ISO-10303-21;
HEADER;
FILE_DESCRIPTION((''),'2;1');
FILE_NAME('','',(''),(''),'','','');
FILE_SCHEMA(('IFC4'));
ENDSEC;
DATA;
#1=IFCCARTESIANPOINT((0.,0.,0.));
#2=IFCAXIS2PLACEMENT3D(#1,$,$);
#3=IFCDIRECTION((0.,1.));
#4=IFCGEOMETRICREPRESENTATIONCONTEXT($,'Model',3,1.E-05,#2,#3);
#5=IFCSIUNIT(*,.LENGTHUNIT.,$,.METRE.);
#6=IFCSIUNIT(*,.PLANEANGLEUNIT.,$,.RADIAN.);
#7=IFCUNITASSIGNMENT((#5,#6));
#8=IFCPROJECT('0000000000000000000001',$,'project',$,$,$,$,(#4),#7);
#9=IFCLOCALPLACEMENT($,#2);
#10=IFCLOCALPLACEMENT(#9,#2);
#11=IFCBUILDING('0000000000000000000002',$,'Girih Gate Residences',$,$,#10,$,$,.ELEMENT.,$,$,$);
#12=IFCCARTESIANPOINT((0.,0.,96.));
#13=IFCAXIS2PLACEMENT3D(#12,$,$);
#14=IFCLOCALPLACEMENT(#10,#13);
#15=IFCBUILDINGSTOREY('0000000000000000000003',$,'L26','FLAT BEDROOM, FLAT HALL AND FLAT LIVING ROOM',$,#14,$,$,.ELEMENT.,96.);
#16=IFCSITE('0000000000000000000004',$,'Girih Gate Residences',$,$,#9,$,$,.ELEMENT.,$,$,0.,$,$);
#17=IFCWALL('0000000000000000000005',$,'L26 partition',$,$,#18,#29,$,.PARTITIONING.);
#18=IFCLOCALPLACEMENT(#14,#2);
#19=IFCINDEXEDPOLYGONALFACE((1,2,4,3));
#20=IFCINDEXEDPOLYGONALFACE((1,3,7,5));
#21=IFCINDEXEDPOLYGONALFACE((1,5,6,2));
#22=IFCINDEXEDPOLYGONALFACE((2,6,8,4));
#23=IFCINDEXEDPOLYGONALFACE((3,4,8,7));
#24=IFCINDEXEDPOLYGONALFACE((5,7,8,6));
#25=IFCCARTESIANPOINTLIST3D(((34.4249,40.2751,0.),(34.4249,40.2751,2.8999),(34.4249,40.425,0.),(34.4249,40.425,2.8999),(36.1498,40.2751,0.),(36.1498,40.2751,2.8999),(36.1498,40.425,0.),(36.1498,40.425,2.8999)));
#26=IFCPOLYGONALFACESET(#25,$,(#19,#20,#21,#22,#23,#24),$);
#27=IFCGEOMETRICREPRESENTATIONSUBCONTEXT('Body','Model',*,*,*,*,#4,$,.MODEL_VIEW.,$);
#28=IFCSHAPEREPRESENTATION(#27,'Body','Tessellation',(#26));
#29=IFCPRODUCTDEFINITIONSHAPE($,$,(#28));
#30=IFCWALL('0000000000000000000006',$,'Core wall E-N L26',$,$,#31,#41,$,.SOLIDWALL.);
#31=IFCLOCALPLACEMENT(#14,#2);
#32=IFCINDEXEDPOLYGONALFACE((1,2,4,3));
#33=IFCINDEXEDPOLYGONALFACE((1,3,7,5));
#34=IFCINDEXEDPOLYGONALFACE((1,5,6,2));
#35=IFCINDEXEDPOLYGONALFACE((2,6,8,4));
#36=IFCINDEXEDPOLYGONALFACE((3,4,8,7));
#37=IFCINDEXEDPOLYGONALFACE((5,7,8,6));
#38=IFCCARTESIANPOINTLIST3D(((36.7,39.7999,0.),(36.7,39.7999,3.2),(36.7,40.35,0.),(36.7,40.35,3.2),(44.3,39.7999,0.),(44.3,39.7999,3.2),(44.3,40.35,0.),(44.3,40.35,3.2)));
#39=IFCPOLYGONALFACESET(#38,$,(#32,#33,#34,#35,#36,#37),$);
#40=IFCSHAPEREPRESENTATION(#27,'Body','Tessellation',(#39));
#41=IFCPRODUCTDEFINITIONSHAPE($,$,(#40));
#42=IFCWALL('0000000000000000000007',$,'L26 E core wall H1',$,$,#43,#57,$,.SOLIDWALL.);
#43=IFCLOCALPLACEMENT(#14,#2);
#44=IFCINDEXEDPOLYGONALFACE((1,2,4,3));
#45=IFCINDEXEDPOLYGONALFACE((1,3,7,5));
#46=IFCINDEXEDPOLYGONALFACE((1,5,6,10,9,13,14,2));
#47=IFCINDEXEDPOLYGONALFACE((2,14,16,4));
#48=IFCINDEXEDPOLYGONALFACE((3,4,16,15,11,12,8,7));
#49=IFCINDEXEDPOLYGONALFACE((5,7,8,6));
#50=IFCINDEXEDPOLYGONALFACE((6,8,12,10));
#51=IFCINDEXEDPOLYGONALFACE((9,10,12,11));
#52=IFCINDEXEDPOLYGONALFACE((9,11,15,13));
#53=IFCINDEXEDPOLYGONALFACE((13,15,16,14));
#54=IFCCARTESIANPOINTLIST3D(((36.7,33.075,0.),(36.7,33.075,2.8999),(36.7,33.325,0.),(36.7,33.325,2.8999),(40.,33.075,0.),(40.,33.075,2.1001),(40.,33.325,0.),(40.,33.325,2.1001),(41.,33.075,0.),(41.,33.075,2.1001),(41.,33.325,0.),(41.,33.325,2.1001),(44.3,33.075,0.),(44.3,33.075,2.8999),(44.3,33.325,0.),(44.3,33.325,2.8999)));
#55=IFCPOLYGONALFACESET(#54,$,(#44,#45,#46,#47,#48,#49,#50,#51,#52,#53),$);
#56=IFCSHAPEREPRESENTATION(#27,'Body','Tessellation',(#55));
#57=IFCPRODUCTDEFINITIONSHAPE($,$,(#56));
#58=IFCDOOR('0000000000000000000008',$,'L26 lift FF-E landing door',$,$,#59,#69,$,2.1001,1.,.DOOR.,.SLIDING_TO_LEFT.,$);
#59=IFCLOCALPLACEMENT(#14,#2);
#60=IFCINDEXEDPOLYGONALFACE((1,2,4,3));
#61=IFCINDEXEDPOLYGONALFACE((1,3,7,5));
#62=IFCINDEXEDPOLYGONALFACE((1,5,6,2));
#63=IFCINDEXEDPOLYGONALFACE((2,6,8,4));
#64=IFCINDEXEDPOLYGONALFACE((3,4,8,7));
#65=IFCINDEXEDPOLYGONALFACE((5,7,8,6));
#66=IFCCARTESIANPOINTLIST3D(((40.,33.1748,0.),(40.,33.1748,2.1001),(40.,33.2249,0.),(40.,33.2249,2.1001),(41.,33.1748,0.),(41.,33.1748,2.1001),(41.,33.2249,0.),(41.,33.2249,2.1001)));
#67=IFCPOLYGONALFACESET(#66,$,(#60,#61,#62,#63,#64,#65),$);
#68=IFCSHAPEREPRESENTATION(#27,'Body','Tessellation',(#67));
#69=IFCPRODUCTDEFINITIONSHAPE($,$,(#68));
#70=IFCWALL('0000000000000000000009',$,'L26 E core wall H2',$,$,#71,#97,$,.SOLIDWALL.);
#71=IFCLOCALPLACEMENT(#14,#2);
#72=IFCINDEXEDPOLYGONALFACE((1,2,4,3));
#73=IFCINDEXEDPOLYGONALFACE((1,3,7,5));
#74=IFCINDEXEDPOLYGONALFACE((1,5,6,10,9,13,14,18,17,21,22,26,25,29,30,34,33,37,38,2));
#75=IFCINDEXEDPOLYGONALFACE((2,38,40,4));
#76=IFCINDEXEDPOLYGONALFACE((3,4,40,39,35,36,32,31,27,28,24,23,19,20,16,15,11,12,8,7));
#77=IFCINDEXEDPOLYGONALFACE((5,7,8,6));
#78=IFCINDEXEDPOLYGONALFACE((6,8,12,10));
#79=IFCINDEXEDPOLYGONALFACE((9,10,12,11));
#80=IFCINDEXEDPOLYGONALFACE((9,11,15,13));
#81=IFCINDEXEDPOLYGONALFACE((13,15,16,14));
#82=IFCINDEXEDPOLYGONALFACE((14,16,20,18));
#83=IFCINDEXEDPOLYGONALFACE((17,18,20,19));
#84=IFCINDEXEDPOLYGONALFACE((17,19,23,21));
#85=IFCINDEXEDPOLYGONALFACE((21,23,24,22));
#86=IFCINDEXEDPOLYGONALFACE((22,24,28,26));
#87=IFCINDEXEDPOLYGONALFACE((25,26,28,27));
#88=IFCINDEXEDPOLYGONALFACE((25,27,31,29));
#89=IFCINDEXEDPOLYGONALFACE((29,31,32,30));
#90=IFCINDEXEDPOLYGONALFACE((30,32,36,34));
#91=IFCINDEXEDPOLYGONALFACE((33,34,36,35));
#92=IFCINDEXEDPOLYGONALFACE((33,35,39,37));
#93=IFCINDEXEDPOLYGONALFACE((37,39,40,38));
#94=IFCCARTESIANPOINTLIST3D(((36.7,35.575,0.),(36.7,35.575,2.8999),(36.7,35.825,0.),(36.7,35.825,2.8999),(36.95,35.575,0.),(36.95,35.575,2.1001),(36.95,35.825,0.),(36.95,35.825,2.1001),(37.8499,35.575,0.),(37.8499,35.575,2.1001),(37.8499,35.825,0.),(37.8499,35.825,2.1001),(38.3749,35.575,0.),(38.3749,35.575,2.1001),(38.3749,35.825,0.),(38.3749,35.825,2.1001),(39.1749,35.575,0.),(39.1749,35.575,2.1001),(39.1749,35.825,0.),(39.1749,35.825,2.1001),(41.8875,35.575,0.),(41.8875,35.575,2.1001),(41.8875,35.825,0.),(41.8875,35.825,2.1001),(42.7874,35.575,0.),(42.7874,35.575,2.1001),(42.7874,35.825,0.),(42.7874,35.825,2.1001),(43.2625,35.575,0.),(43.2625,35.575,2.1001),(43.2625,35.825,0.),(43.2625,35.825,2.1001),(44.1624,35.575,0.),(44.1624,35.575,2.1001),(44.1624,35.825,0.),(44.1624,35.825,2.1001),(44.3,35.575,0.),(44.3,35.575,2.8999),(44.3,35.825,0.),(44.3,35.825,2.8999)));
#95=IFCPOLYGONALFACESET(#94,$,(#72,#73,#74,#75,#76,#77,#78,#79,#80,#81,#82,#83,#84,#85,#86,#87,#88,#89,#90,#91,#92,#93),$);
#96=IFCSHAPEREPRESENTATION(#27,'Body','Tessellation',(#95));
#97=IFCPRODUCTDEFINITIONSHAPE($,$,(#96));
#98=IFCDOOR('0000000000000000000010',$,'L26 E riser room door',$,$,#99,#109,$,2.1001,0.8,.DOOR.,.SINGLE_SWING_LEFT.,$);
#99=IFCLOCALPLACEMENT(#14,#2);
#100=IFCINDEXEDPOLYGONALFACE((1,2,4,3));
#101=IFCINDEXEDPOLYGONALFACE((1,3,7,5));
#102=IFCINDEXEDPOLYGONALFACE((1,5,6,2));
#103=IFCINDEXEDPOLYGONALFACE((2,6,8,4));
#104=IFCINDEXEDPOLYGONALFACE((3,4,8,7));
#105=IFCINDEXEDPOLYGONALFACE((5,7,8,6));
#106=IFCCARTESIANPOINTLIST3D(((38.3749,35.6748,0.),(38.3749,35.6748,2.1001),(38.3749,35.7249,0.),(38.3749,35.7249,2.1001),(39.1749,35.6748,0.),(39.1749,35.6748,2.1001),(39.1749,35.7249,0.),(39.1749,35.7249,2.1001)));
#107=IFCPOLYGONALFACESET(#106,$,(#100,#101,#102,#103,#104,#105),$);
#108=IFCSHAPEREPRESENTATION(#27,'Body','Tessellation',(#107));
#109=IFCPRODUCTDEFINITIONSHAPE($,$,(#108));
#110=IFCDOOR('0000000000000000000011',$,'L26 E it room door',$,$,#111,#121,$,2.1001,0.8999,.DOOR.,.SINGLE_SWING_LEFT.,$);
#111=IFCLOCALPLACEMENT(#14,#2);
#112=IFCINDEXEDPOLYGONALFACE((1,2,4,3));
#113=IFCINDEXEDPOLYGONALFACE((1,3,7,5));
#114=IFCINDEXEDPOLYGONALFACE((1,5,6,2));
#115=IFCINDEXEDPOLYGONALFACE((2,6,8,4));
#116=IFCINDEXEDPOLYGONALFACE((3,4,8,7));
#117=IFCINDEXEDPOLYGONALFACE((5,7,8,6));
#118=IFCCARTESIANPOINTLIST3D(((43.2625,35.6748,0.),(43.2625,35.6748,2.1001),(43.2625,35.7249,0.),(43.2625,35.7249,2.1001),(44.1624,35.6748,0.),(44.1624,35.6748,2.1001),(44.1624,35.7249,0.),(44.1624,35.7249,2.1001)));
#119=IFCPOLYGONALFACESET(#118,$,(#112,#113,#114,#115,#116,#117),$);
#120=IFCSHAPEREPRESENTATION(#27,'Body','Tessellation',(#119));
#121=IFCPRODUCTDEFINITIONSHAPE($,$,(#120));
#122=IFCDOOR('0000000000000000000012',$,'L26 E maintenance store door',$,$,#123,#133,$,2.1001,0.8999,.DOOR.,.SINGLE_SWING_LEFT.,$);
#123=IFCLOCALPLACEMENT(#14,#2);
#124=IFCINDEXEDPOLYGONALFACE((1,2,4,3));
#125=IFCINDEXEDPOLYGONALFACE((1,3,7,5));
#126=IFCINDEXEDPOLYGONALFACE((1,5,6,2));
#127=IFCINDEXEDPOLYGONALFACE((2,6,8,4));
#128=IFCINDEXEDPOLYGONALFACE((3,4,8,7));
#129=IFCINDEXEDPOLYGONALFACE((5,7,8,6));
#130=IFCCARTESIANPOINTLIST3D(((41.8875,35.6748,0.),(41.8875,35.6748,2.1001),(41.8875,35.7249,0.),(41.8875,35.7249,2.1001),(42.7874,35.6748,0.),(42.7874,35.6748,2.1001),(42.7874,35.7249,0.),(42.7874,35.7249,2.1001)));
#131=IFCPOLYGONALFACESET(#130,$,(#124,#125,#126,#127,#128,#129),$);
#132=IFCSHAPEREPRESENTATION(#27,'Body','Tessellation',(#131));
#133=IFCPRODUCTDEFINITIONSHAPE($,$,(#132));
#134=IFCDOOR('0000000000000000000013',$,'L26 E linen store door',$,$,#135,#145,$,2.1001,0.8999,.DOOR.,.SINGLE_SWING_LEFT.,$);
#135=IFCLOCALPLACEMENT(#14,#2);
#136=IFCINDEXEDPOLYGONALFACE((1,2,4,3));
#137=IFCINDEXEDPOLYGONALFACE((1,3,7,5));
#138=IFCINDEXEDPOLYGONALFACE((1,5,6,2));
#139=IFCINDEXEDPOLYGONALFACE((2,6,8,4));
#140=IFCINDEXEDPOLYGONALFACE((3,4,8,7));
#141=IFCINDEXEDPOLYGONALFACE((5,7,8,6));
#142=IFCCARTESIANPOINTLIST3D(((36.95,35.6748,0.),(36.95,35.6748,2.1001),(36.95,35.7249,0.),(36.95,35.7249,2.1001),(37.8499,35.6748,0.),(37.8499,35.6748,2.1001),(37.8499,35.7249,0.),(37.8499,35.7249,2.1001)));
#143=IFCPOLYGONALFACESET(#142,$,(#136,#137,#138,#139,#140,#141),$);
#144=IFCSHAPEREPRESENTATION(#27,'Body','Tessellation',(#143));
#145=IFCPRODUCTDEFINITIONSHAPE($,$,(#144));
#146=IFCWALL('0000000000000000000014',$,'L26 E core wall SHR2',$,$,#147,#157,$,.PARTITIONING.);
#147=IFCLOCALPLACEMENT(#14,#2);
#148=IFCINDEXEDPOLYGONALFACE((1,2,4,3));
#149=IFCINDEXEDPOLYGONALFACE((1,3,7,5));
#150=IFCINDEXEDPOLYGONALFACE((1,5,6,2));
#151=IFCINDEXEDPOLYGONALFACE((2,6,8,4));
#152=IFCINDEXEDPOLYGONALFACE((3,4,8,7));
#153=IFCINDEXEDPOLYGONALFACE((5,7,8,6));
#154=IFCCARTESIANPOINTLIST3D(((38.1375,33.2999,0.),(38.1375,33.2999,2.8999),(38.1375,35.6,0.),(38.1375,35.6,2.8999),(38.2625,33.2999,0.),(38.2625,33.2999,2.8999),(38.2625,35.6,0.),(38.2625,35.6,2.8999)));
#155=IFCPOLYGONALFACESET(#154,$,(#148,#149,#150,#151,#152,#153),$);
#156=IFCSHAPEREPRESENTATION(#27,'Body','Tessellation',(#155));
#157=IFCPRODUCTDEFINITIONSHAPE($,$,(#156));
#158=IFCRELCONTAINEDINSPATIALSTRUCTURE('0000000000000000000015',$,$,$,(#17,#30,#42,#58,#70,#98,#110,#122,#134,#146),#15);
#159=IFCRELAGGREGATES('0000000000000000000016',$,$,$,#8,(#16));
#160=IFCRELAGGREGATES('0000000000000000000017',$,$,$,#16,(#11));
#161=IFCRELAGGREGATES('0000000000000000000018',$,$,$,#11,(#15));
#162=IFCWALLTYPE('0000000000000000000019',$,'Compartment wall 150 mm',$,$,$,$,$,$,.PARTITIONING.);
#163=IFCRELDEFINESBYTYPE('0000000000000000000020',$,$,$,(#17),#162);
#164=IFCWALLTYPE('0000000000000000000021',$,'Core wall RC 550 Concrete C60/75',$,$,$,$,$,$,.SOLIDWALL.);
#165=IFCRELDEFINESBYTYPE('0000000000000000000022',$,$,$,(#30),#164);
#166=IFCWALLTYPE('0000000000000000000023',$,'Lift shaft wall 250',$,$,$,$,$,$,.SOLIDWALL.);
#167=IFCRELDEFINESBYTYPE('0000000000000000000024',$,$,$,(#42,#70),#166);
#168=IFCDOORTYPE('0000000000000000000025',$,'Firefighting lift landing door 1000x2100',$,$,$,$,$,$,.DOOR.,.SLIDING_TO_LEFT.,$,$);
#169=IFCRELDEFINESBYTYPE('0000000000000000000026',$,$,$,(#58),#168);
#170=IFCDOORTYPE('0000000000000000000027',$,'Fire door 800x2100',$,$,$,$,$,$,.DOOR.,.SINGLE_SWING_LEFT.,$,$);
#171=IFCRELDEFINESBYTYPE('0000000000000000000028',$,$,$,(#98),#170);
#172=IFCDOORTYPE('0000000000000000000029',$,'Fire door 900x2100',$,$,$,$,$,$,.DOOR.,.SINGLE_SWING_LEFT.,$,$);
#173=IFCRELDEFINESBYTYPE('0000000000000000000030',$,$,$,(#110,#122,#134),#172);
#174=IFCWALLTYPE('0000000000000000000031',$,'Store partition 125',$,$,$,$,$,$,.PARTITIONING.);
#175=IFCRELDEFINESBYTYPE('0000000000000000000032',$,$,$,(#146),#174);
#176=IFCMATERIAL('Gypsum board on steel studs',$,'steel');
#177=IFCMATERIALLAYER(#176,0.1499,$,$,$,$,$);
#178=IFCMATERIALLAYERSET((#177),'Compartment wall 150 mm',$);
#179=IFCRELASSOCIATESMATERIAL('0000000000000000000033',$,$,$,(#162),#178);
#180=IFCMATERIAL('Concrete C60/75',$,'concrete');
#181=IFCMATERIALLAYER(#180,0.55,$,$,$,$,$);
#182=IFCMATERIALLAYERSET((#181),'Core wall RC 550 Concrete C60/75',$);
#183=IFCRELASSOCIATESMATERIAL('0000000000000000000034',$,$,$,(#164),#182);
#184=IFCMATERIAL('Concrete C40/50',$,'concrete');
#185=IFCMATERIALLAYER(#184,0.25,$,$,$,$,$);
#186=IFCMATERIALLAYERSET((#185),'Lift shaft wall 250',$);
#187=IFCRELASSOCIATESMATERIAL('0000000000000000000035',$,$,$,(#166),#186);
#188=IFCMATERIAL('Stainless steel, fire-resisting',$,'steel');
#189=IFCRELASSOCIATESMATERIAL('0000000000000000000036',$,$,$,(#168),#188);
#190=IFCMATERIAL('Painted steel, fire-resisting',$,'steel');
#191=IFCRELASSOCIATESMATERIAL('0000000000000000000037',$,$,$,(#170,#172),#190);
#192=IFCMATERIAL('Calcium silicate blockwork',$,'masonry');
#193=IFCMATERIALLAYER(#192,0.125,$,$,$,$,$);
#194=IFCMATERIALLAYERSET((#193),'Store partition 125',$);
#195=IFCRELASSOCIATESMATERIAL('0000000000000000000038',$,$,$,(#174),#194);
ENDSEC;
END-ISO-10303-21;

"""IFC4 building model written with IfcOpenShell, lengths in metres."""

from ifc_helpers import new_model, si_unit, direction, frame, frame_2d, origin, place, context, subcontext, project, spatial, rectangle, extrude, material, layer, layer_set, type_object, element, fill, save


model = new_model("IFC4")

# Units and contexts
model_context = context("Model", 3, precision=1e-05, world=origin(), true_north=direction((0.0, 1.0)))
body_context = subcontext(model_context, "Body", "Model", "MODEL_VIEW")
ifc_project = project(units=[si_unit("LENGTHUNIT", "METRE"), si_unit("PLANEANGLEUNIT", "RADIAN")], contexts=[model_context])

# Site, building, storey
site_placement = place(None, origin())
site = spatial("IfcSite", under=ifc_project, at=site_placement, Name="Girih Gate Residences", CompositionType="ELEMENT", RefElevation=0.0)
building_placement = place(site_placement, origin())
building = spatial("IfcBuilding", under=site, at=building_placement, Name="Girih Gate Residences", CompositionType="ELEMENT")
storey_placement = place(building_placement, frame((0.0, 0.0, 96.0)))
storey = spatial("IfcBuildingStorey", under=building, at=storey_placement, Name="L26", Description="FLAT BEDROOM, FLAT HALL AND FLAT LIVING ROOM", CompositionType="ELEMENT", Elevation=96.0)

# Walls
ifc_material_1 = material(Name="Gypsum board on steel studs", Category="steel")
ifc_layer_1 = layer(ifc_material_1, 0.1499)
ifc_layer_set_1 = layer_set([ifc_layer_1], Name="Compartment wall 150 mm")
wall_type_1 = type_object("IfcWallType", Name="Compartment wall 150 mm", PredefinedType="PARTITIONING", material=ifc_layer_set_1)
wall_1_placement = place(storey_placement, frame((34.425, 40.3501, 0.0), z_axis=(0.0, 0.0, 1.0), x_axis=(1.0, 0.0, 0.0)))
element("IfcWall", 1, at=wall_1_placement, inside=storey, type_object=wall_type_1, Name="L26 partition", PredefinedType="PARTITIONING", context=body_context, shape_type="SweptSolid", body=[
    extrude(rectangle(XDim=1.7249, YDim=0.1499, at=frame_2d((0.8623, 0.0))), origin(), (0.0, 0.0, 1.0), 2.8999),
])
ifc_material_2 = material(Name="Concrete C60/75", Category="concrete")
ifc_layer_2 = layer(ifc_material_2, 0.55)
ifc_layer_set_2 = layer_set([ifc_layer_2], Name="Core wall RC 550 Concrete C60/75")
wall_type_2 = type_object("IfcWallType", Name="Core wall RC 550 Concrete C60/75", PredefinedType="SOLIDWALL", material=ifc_layer_set_2)
wall_2_placement = place(storey_placement, frame((36.7, 40.075, 0.0), z_axis=(0.0, 0.0, 1.0), x_axis=(1.0, 0.0, 0.0)))
element("IfcWall", 2, at=wall_2_placement, inside=storey, type_object=wall_type_2, Name="Core wall E-N L26", PredefinedType="SOLIDWALL", context=body_context, shape_type="SweptSolid", body=[
    extrude(rectangle(XDim=7.6001, YDim=0.55, at=frame_2d((3.8, 0.0))), origin(), (0.0, 0.0, 1.0), 3.2),
])

# Wall, opening, door
ifc_material_3 = material(Name="Concrete C40/50", Category="concrete")
ifc_layer_3 = layer(ifc_material_3, 0.25)
ifc_layer_set_3 = layer_set([ifc_layer_3], Name="Lift shaft wall 250")
wall_type_3 = type_object("IfcWallType", Name="Lift shaft wall 250", PredefinedType="SOLIDWALL", material=ifc_layer_set_3)
wall_3_placement = place(storey_placement, frame((36.7, 33.2, 0.0), z_axis=(0.0, 0.0, 1.0), x_axis=(1.0, 0.0, 0.0)))
wall_3 = element("IfcWall", 3, at=wall_3_placement, inside=storey, type_object=wall_type_3, Name="L26 E core wall H1", PredefinedType="SOLIDWALL", context=body_context, shape_type="SweptSolid", body=[
    extrude(rectangle(XDim=7.6001, YDim=0.25, at=frame_2d((3.8, 0.0))), origin(), (0.0, 0.0, 1.0), 2.8999),
])
opening_1_placement = place(wall_3_placement, frame((3.3, 0.0, 0.0)))
opening_1 = element("IfcOpeningElement", 4, at=opening_1_placement, cuts=wall_3, PredefinedType="OPENING", context=body_context, shape_type="SweptSolid", body=[
    extrude(rectangle(XDim=1.0, YDim=2.1001, at=frame_2d((0.5, 1.05))), frame((0.0, 0.135, 0.0), z_axis=(0.0, -1.0, 0.0), x_axis=(1.0, 0.0, 0.0)), (0.0, 0.0, 1.0), 0.27),
])
ifc_material_4 = material(Name="Stainless steel, fire-resisting", Category="steel")
door_type_1 = type_object("IfcDoorType", Name="Firefighting lift landing door 1000x2100", OperationType="SLIDING_TO_LEFT", PredefinedType="DOOR", material=ifc_material_4)
door_1_placement = place(opening_1_placement, origin())
door_1 = element("IfcDoor", 5, at=door_1_placement, inside=storey, type_object=door_type_1, Name="L26 lift FF-E landing door", OperationType="SLIDING_TO_LEFT", OverallHeight=2.1001, OverallWidth=1.0, PredefinedType="DOOR", context=body_context, shape_type="SweptSolid", body=[
    extrude(rectangle(XDim=1.0, YDim=2.1001, at=frame_2d((0.5, 1.05))), frame((0.0, 0.0249, 0.0), z_axis=(0.0, -1.0, 0.0), x_axis=(1.0, 0.0, 0.0)), (0.0, 0.0, 1.0), 0.05),
])
fill(opening_1, door_1)

# Wall, openings, doors
wall_4_placement = place(storey_placement, frame((36.7, 35.7, 0.0), z_axis=(0.0, 0.0, 1.0), x_axis=(1.0, 0.0, 0.0)))
wall_4 = element("IfcWall", 6, at=wall_4_placement, inside=storey, type_object=wall_type_3, Name="L26 E core wall H2", PredefinedType="SOLIDWALL", context=body_context, shape_type="SweptSolid", body=[
    extrude(rectangle(XDim=7.6001, YDim=0.25, at=frame_2d((3.8, 0.0))), origin(), (0.0, 0.0, 1.0), 2.8999),
])
opening_2_placement = place(wall_4_placement, frame((6.5625, 0.0, 0.0)))
opening_2 = element("IfcOpeningElement", 7, at=opening_2_placement, cuts=wall_4, PredefinedType="OPENING", context=body_context, shape_type="SweptSolid", body=[
    extrude(rectangle(XDim=0.8999, YDim=2.1001, at=frame_2d((0.45, 1.05))), frame((0.0, 0.135, 0.0), z_axis=(0.0, -1.0, 0.0), x_axis=(1.0, 0.0, 0.0)), (0.0, 0.0, 1.0), 0.27),
])
opening_3_placement = place(wall_4_placement, frame((5.1875, 0.0, 0.0)))
opening_3 = element("IfcOpeningElement", 8, at=opening_3_placement, cuts=wall_4, PredefinedType="OPENING", context=body_context, shape_type="SweptSolid", body=[
    extrude(rectangle(XDim=0.8999, YDim=2.1001, at=frame_2d((0.45, 1.05))), frame((0.0, 0.135, 0.0), z_axis=(0.0, -1.0, 0.0), x_axis=(1.0, 0.0, 0.0)), (0.0, 0.0, 1.0), 0.27),
])
opening_4_placement = place(wall_4_placement, frame((1.675, 0.0, 0.0)))
opening_4 = element("IfcOpeningElement", 9, at=opening_4_placement, cuts=wall_4, PredefinedType="OPENING", context=body_context, shape_type="SweptSolid", body=[
    extrude(rectangle(XDim=0.8, YDim=2.1001, at=frame_2d((0.3999, 1.05))), frame((0.0, 0.135, 0.0), z_axis=(0.0, -1.0, 0.0), x_axis=(1.0, 0.0, 0.0)), (0.0, 0.0, 1.0), 0.27),
])
opening_5_placement = place(wall_4_placement, frame((0.25, 0.0, 0.0)))
opening_5 = element("IfcOpeningElement", 10, at=opening_5_placement, cuts=wall_4, PredefinedType="OPENING", context=body_context, shape_type="SweptSolid", body=[
    extrude(rectangle(XDim=0.8999, YDim=2.1001, at=frame_2d((0.45, 1.05))), frame((0.0, 0.135, 0.0), z_axis=(0.0, -1.0, 0.0), x_axis=(1.0, 0.0, 0.0)), (0.0, 0.0, 1.0), 0.27),
])
ifc_material_5 = material(Name="Painted steel, fire-resisting", Category="steel")
door_type_2 = type_object("IfcDoorType", Name="Fire door 800x2100", OperationType="SINGLE_SWING_LEFT", PredefinedType="DOOR", material=ifc_material_5)
door_2_placement = place(opening_4_placement, origin())
door_2 = element("IfcDoor", 11, at=door_2_placement, inside=storey, type_object=door_type_2, Name="L26 E riser room door", OperationType="SINGLE_SWING_LEFT", OverallHeight=2.1001, OverallWidth=0.8, PredefinedType="DOOR", context=body_context, shape_type="SweptSolid", body=[
    extrude(rectangle(XDim=0.8, YDim=2.1001, at=frame_2d((0.3999, 1.05))), frame((0.0, 0.0249, 0.0), z_axis=(0.0, -1.0, 0.0), x_axis=(1.0, 0.0, 0.0)), (0.0, 0.0, 1.0), 0.05),
])
fill(opening_4, door_2)
door_type_3 = type_object("IfcDoorType", Name="Fire door 900x2100", OperationType="SINGLE_SWING_LEFT", PredefinedType="DOOR", material=ifc_material_5)
door_3_placement = place(opening_2_placement, origin())
door_3 = element("IfcDoor", 12, at=door_3_placement, inside=storey, type_object=door_type_3, Name="L26 E it room door", OperationType="SINGLE_SWING_LEFT", OverallHeight=2.1001, OverallWidth=0.8999, PredefinedType="DOOR", context=body_context, shape_type="SweptSolid", body=[
    extrude(rectangle(XDim=0.8999, YDim=2.1001, at=frame_2d((0.45, 1.05))), frame((0.0, 0.0249, 0.0), z_axis=(0.0, -1.0, 0.0), x_axis=(1.0, 0.0, 0.0)), (0.0, 0.0, 1.0), 0.05),
])
fill(opening_2, door_3)
door_4_placement = place(opening_3_placement, origin())
door_4 = element("IfcDoor", 13, at=door_4_placement, inside=storey, type_object=door_type_3, Name="L26 E maintenance store door", OperationType="SINGLE_SWING_LEFT", OverallHeight=2.1001, OverallWidth=0.8999, PredefinedType="DOOR", context=body_context, shape_type="SweptSolid", body=[
    extrude(rectangle(XDim=0.8999, YDim=2.1001, at=frame_2d((0.45, 1.05))), frame((0.0, 0.0249, 0.0), z_axis=(0.0, -1.0, 0.0), x_axis=(1.0, 0.0, 0.0)), (0.0, 0.0, 1.0), 0.05),
])
fill(opening_3, door_4)
door_5_placement = place(opening_5_placement, origin())
door_5 = element("IfcDoor", 14, at=door_5_placement, inside=storey, type_object=door_type_3, Name="L26 E linen store door", OperationType="SINGLE_SWING_LEFT", OverallHeight=2.1001, OverallWidth=0.8999, PredefinedType="DOOR", context=body_context, shape_type="SweptSolid", body=[
    extrude(rectangle(XDim=0.8999, YDim=2.1001, at=frame_2d((0.45, 1.05))), frame((0.0, 0.0249, 0.0), z_axis=(0.0, -1.0, 0.0), x_axis=(1.0, 0.0, 0.0)), (0.0, 0.0, 1.0), 0.05),
])
fill(opening_5, door_5)

# Wall
ifc_material_6 = material(Name="Calcium silicate blockwork", Category="masonry")
ifc_layer_4 = layer(ifc_material_6, 0.125)
ifc_layer_set_4 = layer_set([ifc_layer_4], Name="Store partition 125")
wall_type_4 = type_object("IfcWallType", Name="Store partition 125", PredefinedType="PARTITIONING", material=ifc_layer_set_4)
wall_5_placement = place(storey_placement, frame((38.2, 33.3, 0.0), z_axis=(0.0, 0.0, 1.0), x_axis=(0.0, 1.0, 0.0)))
element("IfcWall", 15, at=wall_5_placement, inside=storey, type_object=wall_type_4, Name="L26 E core wall SHR2", PredefinedType="PARTITIONING", context=body_context, shape_type="SweptSolid", body=[
    extrude(rectangle(XDim=2.3, YDim=0.125, at=frame_2d((1.1499, 0.0))), origin(), (0.0, 0.0, 1.0), 2.8999),
])

save(model, "model.ifc")
